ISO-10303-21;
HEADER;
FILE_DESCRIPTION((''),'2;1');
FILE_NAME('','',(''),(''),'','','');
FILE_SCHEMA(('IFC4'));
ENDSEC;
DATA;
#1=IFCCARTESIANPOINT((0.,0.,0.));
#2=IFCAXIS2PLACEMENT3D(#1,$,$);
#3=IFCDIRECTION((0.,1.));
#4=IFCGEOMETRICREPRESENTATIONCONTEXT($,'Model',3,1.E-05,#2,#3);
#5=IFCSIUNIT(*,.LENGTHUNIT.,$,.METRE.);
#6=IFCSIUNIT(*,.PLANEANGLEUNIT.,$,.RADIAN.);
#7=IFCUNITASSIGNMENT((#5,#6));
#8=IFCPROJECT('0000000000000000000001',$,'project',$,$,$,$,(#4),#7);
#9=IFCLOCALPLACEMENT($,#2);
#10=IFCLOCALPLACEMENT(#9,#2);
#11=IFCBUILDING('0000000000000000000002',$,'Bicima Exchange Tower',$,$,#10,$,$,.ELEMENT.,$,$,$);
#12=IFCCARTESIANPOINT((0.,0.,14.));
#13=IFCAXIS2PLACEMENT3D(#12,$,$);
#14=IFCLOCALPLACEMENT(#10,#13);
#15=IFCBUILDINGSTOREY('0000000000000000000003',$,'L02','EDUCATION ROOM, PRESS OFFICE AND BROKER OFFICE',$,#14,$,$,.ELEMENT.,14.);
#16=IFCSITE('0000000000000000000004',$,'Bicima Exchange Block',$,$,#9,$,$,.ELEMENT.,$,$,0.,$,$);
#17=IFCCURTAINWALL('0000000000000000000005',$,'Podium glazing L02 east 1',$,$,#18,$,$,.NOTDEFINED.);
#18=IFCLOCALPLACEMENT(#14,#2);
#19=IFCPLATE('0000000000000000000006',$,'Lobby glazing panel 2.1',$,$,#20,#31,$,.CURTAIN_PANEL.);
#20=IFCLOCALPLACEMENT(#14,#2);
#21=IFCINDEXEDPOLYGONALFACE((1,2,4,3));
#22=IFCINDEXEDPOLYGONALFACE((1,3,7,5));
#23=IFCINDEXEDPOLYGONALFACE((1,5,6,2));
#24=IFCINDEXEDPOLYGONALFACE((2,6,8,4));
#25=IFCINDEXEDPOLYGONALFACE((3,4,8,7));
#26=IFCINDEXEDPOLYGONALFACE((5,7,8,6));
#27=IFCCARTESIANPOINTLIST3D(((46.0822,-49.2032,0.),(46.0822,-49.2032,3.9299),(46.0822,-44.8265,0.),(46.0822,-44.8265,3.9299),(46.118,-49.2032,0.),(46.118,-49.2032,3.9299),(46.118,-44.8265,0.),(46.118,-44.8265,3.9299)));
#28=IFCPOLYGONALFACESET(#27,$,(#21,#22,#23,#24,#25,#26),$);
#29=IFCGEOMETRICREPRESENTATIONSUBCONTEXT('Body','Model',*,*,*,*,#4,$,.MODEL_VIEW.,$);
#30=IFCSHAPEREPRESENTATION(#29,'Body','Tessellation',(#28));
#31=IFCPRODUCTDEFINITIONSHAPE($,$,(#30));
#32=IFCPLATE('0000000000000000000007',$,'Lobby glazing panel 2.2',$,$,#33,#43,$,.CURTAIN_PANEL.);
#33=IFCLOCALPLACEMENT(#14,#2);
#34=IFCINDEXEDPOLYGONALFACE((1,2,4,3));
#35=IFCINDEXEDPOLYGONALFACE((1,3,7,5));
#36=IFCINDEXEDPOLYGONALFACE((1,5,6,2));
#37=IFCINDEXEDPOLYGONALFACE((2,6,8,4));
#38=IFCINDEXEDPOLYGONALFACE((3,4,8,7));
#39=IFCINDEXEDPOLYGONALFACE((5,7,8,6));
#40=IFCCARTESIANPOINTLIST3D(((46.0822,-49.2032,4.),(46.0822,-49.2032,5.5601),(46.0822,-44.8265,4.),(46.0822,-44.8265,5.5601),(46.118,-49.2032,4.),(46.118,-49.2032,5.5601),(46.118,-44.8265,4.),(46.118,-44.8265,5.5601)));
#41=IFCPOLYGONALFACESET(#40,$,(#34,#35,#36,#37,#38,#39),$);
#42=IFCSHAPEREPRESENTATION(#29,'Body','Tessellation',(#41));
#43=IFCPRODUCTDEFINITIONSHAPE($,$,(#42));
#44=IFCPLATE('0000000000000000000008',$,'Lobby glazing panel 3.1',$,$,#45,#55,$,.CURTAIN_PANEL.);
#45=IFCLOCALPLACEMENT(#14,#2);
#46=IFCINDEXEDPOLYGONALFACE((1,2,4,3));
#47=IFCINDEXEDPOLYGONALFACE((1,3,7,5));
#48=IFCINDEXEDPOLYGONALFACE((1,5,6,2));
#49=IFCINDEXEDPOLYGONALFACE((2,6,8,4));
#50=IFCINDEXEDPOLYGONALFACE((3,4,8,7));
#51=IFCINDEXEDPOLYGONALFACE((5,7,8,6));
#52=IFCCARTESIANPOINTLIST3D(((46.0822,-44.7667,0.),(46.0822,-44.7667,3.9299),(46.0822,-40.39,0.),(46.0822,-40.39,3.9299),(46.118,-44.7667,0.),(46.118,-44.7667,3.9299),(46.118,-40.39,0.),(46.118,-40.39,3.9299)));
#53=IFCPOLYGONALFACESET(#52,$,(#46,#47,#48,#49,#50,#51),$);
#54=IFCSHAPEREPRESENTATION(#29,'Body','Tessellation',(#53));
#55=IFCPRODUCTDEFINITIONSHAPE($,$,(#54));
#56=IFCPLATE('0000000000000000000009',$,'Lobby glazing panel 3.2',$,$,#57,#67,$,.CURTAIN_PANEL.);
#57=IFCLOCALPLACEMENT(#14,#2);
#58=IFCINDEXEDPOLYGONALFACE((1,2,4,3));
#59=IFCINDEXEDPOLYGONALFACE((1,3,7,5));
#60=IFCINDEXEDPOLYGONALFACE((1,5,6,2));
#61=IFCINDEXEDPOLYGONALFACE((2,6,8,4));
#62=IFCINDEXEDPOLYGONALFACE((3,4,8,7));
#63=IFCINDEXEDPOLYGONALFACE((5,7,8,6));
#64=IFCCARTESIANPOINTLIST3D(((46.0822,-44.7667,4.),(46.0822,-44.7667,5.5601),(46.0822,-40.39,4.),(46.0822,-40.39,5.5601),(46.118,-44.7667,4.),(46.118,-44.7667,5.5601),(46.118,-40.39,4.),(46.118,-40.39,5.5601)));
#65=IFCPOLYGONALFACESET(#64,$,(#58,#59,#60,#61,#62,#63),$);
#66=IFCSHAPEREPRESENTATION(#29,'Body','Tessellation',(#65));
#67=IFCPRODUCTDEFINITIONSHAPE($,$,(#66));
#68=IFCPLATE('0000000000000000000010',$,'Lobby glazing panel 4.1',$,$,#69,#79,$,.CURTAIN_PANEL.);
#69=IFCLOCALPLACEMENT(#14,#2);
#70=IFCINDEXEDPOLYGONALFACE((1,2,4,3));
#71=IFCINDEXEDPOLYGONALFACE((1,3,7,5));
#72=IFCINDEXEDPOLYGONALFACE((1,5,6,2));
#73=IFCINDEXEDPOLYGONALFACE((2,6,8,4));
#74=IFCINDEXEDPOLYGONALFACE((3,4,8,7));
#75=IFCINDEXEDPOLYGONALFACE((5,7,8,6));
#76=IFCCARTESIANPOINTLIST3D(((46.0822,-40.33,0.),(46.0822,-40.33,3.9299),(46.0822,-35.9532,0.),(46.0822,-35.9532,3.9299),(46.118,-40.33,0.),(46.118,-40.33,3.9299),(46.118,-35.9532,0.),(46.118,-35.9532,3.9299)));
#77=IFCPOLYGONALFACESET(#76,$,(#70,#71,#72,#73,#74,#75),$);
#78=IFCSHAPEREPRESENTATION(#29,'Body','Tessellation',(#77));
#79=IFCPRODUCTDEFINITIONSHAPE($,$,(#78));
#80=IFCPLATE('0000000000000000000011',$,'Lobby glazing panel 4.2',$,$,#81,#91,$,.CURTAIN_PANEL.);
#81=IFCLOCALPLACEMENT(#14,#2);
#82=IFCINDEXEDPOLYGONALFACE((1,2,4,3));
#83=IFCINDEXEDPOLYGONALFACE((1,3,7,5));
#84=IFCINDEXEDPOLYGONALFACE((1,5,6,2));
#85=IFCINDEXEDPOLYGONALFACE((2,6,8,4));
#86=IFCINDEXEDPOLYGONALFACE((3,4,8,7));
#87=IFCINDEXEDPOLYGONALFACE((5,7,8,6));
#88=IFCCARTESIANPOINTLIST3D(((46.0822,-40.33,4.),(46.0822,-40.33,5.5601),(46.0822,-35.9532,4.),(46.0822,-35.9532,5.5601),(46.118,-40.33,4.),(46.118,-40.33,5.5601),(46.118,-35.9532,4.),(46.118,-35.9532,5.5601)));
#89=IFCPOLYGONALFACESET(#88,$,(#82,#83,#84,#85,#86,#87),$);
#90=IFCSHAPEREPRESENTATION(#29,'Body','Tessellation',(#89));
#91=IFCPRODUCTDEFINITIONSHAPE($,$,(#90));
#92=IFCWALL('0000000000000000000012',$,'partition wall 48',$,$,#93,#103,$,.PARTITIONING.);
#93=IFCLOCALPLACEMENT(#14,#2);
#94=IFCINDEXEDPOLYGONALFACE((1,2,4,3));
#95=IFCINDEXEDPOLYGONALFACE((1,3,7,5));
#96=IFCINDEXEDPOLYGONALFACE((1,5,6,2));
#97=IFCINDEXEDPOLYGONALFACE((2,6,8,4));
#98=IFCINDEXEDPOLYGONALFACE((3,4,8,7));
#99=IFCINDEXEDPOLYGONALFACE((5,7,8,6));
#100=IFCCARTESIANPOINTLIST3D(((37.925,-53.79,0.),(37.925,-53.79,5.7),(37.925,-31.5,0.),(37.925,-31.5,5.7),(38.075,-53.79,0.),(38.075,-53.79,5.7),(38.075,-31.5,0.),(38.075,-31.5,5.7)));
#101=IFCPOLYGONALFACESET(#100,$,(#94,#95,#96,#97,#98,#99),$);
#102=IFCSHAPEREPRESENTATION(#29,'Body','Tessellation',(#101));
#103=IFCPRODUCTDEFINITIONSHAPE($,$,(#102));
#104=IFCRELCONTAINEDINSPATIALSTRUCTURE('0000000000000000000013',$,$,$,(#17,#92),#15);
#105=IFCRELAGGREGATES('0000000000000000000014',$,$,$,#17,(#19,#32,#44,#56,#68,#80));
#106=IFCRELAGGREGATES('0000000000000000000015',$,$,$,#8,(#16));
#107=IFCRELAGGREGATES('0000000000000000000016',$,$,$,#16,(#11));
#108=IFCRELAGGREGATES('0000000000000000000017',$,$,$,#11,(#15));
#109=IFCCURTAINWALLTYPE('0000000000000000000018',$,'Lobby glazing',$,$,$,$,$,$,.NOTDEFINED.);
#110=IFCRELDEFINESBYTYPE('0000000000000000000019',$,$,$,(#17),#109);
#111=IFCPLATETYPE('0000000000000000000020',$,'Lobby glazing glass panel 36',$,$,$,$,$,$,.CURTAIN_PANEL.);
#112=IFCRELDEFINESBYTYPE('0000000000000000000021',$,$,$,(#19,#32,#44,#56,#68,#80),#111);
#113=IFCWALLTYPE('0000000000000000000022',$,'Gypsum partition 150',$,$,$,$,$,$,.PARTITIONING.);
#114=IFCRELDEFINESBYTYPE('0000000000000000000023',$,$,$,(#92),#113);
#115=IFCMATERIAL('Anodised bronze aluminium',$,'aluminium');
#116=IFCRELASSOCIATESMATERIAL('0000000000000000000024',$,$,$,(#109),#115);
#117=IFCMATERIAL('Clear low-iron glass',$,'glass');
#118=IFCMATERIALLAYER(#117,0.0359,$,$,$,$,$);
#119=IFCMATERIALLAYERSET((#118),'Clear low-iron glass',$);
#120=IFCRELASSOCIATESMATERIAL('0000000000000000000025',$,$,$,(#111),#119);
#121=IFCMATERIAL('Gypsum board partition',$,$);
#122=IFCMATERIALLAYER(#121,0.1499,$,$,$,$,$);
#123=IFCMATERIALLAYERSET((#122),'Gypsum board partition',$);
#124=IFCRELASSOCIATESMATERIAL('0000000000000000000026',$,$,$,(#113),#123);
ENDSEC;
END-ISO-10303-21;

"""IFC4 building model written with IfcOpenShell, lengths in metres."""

from ifc_helpers import new_model, si_unit, direction, frame, frame_2d, origin, origin_2d, place, context, subcontext, project, spatial, rectangle, extrude, material, layer, layer_set, type_object, element, aggregate, save


model = new_model("IFC4")

# Units and contexts
model_context = context("Model", 3, precision=1e-05, world=origin(), true_north=direction((0.0, 1.0)))
body_context = subcontext(model_context, "Body", "Model", "MODEL_VIEW")
ifc_project = project(units=[si_unit("LENGTHUNIT", "METRE"), si_unit("PLANEANGLEUNIT", "RADIAN")], contexts=[model_context])

# Site, building, storey
site_placement = place(None, origin())
site = spatial("IfcSite", under=ifc_project, at=site_placement, Name="Bicima Exchange Block", CompositionType="ELEMENT", RefElevation=0.0)
building_placement = place(site_placement, origin())
building = spatial("IfcBuilding", under=site, at=building_placement, Name="Bicima Exchange Tower", CompositionType="ELEMENT")
storey_placement = place(building_placement, frame((0.0, 0.0, 14.0)))
storey = spatial("IfcBuildingStorey", under=building, at=storey_placement, Name="L02", Description="EDUCATION ROOM, PRESS OFFICE AND BROKER OFFICE", CompositionType="ELEMENT", Elevation=14.0)

# Curtain wall
ifc_material_1 = material(Name="Anodised bronze aluminium", Category="aluminium")
curtain_wall_type_1 = type_object("IfcCurtainWallType", Name="Lobby glazing", PredefinedType="NOTDEFINED", material=ifc_material_1)
curtain_wall_1_placement = place(storey_placement, origin())
curtain_wall_1 = element("IfcCurtainWall", 1, at=curtain_wall_1_placement, inside=storey, type_object=curtain_wall_type_1, Name="Podium glazing L02 east 1", PredefinedType="NOTDEFINED")

# Plates
ifc_material_2 = material(Name="Clear low-iron glass", Category="glass")
ifc_layer_1 = layer(ifc_material_2, 0.0359)
ifc_layer_set_1 = layer_set([ifc_layer_1], Name="Clear low-iron glass")
plate_type_1 = type_object("IfcPlateType", Name="Lobby glazing glass panel 36", PredefinedType="CURTAIN_PANEL", material=ifc_layer_set_1)
plate_1_placement = place(storey_placement, frame((46.1001, -47.0149, 0.0), z_axis=(0.0, 0.0, 1.0), x_axis=(0.0, 1.0, 0.0)))
plate_1 = element("IfcPlate", 2, at=plate_1_placement, type_object=plate_type_1, Name="Lobby glazing panel 2.1", PredefinedType="CURTAIN_PANEL", context=body_context, shape_type="SweptSolid", body=[
    extrude(rectangle(XDim=4.3767, YDim=0.0359, at=origin_2d()), origin(), (0.0, 0.0, 1.0), 3.9299),
])
plate_2_placement = place(storey_placement, frame((46.1001, -47.0149, 4.0), z_axis=(0.0, 0.0, 1.0), x_axis=(0.0, 1.0, 0.0)))
plate_2 = element("IfcPlate", 3, at=plate_2_placement, type_object=plate_type_1, Name="Lobby glazing panel 2.2", PredefinedType="CURTAIN_PANEL", context=body_context, shape_type="SweptSolid", body=[
    extrude(rectangle(XDim=4.3767, YDim=0.0359, at=origin_2d()), origin(), (0.0, 0.0, 1.0), 1.5601),
])
plate_3_placement = place(storey_placement, frame((46.1001, -42.5784, 0.0), z_axis=(0.0, 0.0, 1.0), x_axis=(0.0, 1.0, 0.0)))
plate_3 = element("IfcPlate", 4, at=plate_3_placement, type_object=plate_type_1, Name="Lobby glazing panel 3.1", PredefinedType="CURTAIN_PANEL", context=body_context, shape_type="SweptSolid", body=[
    extrude(rectangle(XDim=4.3767, YDim=0.0359, at=origin_2d()), origin(), (0.0, 0.0, 1.0), 3.9299),
])
plate_4_placement = place(storey_placement, frame((46.1001, -42.5784, 4.0), z_axis=(0.0, 0.0, 1.0), x_axis=(0.0, 1.0, 0.0)))
plate_4 = element("IfcPlate", 5, at=plate_4_placement, type_object=plate_type_1, Name="Lobby glazing panel 3.2", PredefinedType="CURTAIN_PANEL", context=body_context, shape_type="SweptSolid", body=[
    extrude(rectangle(XDim=4.3767, YDim=0.0359, at=origin_2d()), origin(), (0.0, 0.0, 1.0), 1.5601),
])
plate_5_placement = place(storey_placement, frame((46.1001, -38.1416, 0.0), z_axis=(0.0, 0.0, 1.0), x_axis=(0.0, 1.0, 0.0)))
plate_5 = element("IfcPlate", 6, at=plate_5_placement, type_object=plate_type_1, Name="Lobby glazing panel 4.1", PredefinedType="CURTAIN_PANEL", context=body_context, shape_type="SweptSolid", body=[
    extrude(rectangle(XDim=4.3767, YDim=0.0359, at=origin_2d()), origin(), (0.0, 0.0, 1.0), 3.9299),
])
plate_6_placement = place(storey_placement, frame((46.1001, -38.1416, 4.0), z_axis=(0.0, 0.0, 1.0), x_axis=(0.0, 1.0, 0.0)))
plate_6 = element("IfcPlate", 7, at=plate_6_placement, type_object=plate_type_1, Name="Lobby glazing panel 4.2", PredefinedType="CURTAIN_PANEL", context=body_context, shape_type="SweptSolid", body=[
    extrude(rectangle(XDim=4.3767, YDim=0.0359, at=origin_2d()), origin(), (0.0, 0.0, 1.0), 1.5601),
])
aggregate(curtain_wall_1, [plate_1, plate_2, plate_3, plate_4, plate_5, plate_6])

# Wall
ifc_material_3 = material(Name="Gypsum board partition")
ifc_layer_2 = layer(ifc_material_3, 0.1499)
ifc_layer_set_2 = layer_set([ifc_layer_2], Name="Gypsum board partition")
wall_type = type_object("IfcWallType", Name="Gypsum partition 150", PredefinedType="PARTITIONING", material=ifc_layer_set_2)
wall_placement = place(storey_placement, frame((38.0, -53.79, 0.0), z_axis=(0.0, 0.0, 1.0), x_axis=(0.0, 1.0, 0.0)))
element("IfcWall", 8, at=wall_placement, inside=storey, type_object=wall_type, Name="partition wall 48", PredefinedType="PARTITIONING", context=body_context, shape_type="SweptSolid", body=[
    extrude(rectangle(XDim=22.29, YDim=0.1499, at=frame_2d((11.145, 0.0))), origin(), (0.0, 0.0, 1.0), 5.7),
])

save(model, "model.ifc")
